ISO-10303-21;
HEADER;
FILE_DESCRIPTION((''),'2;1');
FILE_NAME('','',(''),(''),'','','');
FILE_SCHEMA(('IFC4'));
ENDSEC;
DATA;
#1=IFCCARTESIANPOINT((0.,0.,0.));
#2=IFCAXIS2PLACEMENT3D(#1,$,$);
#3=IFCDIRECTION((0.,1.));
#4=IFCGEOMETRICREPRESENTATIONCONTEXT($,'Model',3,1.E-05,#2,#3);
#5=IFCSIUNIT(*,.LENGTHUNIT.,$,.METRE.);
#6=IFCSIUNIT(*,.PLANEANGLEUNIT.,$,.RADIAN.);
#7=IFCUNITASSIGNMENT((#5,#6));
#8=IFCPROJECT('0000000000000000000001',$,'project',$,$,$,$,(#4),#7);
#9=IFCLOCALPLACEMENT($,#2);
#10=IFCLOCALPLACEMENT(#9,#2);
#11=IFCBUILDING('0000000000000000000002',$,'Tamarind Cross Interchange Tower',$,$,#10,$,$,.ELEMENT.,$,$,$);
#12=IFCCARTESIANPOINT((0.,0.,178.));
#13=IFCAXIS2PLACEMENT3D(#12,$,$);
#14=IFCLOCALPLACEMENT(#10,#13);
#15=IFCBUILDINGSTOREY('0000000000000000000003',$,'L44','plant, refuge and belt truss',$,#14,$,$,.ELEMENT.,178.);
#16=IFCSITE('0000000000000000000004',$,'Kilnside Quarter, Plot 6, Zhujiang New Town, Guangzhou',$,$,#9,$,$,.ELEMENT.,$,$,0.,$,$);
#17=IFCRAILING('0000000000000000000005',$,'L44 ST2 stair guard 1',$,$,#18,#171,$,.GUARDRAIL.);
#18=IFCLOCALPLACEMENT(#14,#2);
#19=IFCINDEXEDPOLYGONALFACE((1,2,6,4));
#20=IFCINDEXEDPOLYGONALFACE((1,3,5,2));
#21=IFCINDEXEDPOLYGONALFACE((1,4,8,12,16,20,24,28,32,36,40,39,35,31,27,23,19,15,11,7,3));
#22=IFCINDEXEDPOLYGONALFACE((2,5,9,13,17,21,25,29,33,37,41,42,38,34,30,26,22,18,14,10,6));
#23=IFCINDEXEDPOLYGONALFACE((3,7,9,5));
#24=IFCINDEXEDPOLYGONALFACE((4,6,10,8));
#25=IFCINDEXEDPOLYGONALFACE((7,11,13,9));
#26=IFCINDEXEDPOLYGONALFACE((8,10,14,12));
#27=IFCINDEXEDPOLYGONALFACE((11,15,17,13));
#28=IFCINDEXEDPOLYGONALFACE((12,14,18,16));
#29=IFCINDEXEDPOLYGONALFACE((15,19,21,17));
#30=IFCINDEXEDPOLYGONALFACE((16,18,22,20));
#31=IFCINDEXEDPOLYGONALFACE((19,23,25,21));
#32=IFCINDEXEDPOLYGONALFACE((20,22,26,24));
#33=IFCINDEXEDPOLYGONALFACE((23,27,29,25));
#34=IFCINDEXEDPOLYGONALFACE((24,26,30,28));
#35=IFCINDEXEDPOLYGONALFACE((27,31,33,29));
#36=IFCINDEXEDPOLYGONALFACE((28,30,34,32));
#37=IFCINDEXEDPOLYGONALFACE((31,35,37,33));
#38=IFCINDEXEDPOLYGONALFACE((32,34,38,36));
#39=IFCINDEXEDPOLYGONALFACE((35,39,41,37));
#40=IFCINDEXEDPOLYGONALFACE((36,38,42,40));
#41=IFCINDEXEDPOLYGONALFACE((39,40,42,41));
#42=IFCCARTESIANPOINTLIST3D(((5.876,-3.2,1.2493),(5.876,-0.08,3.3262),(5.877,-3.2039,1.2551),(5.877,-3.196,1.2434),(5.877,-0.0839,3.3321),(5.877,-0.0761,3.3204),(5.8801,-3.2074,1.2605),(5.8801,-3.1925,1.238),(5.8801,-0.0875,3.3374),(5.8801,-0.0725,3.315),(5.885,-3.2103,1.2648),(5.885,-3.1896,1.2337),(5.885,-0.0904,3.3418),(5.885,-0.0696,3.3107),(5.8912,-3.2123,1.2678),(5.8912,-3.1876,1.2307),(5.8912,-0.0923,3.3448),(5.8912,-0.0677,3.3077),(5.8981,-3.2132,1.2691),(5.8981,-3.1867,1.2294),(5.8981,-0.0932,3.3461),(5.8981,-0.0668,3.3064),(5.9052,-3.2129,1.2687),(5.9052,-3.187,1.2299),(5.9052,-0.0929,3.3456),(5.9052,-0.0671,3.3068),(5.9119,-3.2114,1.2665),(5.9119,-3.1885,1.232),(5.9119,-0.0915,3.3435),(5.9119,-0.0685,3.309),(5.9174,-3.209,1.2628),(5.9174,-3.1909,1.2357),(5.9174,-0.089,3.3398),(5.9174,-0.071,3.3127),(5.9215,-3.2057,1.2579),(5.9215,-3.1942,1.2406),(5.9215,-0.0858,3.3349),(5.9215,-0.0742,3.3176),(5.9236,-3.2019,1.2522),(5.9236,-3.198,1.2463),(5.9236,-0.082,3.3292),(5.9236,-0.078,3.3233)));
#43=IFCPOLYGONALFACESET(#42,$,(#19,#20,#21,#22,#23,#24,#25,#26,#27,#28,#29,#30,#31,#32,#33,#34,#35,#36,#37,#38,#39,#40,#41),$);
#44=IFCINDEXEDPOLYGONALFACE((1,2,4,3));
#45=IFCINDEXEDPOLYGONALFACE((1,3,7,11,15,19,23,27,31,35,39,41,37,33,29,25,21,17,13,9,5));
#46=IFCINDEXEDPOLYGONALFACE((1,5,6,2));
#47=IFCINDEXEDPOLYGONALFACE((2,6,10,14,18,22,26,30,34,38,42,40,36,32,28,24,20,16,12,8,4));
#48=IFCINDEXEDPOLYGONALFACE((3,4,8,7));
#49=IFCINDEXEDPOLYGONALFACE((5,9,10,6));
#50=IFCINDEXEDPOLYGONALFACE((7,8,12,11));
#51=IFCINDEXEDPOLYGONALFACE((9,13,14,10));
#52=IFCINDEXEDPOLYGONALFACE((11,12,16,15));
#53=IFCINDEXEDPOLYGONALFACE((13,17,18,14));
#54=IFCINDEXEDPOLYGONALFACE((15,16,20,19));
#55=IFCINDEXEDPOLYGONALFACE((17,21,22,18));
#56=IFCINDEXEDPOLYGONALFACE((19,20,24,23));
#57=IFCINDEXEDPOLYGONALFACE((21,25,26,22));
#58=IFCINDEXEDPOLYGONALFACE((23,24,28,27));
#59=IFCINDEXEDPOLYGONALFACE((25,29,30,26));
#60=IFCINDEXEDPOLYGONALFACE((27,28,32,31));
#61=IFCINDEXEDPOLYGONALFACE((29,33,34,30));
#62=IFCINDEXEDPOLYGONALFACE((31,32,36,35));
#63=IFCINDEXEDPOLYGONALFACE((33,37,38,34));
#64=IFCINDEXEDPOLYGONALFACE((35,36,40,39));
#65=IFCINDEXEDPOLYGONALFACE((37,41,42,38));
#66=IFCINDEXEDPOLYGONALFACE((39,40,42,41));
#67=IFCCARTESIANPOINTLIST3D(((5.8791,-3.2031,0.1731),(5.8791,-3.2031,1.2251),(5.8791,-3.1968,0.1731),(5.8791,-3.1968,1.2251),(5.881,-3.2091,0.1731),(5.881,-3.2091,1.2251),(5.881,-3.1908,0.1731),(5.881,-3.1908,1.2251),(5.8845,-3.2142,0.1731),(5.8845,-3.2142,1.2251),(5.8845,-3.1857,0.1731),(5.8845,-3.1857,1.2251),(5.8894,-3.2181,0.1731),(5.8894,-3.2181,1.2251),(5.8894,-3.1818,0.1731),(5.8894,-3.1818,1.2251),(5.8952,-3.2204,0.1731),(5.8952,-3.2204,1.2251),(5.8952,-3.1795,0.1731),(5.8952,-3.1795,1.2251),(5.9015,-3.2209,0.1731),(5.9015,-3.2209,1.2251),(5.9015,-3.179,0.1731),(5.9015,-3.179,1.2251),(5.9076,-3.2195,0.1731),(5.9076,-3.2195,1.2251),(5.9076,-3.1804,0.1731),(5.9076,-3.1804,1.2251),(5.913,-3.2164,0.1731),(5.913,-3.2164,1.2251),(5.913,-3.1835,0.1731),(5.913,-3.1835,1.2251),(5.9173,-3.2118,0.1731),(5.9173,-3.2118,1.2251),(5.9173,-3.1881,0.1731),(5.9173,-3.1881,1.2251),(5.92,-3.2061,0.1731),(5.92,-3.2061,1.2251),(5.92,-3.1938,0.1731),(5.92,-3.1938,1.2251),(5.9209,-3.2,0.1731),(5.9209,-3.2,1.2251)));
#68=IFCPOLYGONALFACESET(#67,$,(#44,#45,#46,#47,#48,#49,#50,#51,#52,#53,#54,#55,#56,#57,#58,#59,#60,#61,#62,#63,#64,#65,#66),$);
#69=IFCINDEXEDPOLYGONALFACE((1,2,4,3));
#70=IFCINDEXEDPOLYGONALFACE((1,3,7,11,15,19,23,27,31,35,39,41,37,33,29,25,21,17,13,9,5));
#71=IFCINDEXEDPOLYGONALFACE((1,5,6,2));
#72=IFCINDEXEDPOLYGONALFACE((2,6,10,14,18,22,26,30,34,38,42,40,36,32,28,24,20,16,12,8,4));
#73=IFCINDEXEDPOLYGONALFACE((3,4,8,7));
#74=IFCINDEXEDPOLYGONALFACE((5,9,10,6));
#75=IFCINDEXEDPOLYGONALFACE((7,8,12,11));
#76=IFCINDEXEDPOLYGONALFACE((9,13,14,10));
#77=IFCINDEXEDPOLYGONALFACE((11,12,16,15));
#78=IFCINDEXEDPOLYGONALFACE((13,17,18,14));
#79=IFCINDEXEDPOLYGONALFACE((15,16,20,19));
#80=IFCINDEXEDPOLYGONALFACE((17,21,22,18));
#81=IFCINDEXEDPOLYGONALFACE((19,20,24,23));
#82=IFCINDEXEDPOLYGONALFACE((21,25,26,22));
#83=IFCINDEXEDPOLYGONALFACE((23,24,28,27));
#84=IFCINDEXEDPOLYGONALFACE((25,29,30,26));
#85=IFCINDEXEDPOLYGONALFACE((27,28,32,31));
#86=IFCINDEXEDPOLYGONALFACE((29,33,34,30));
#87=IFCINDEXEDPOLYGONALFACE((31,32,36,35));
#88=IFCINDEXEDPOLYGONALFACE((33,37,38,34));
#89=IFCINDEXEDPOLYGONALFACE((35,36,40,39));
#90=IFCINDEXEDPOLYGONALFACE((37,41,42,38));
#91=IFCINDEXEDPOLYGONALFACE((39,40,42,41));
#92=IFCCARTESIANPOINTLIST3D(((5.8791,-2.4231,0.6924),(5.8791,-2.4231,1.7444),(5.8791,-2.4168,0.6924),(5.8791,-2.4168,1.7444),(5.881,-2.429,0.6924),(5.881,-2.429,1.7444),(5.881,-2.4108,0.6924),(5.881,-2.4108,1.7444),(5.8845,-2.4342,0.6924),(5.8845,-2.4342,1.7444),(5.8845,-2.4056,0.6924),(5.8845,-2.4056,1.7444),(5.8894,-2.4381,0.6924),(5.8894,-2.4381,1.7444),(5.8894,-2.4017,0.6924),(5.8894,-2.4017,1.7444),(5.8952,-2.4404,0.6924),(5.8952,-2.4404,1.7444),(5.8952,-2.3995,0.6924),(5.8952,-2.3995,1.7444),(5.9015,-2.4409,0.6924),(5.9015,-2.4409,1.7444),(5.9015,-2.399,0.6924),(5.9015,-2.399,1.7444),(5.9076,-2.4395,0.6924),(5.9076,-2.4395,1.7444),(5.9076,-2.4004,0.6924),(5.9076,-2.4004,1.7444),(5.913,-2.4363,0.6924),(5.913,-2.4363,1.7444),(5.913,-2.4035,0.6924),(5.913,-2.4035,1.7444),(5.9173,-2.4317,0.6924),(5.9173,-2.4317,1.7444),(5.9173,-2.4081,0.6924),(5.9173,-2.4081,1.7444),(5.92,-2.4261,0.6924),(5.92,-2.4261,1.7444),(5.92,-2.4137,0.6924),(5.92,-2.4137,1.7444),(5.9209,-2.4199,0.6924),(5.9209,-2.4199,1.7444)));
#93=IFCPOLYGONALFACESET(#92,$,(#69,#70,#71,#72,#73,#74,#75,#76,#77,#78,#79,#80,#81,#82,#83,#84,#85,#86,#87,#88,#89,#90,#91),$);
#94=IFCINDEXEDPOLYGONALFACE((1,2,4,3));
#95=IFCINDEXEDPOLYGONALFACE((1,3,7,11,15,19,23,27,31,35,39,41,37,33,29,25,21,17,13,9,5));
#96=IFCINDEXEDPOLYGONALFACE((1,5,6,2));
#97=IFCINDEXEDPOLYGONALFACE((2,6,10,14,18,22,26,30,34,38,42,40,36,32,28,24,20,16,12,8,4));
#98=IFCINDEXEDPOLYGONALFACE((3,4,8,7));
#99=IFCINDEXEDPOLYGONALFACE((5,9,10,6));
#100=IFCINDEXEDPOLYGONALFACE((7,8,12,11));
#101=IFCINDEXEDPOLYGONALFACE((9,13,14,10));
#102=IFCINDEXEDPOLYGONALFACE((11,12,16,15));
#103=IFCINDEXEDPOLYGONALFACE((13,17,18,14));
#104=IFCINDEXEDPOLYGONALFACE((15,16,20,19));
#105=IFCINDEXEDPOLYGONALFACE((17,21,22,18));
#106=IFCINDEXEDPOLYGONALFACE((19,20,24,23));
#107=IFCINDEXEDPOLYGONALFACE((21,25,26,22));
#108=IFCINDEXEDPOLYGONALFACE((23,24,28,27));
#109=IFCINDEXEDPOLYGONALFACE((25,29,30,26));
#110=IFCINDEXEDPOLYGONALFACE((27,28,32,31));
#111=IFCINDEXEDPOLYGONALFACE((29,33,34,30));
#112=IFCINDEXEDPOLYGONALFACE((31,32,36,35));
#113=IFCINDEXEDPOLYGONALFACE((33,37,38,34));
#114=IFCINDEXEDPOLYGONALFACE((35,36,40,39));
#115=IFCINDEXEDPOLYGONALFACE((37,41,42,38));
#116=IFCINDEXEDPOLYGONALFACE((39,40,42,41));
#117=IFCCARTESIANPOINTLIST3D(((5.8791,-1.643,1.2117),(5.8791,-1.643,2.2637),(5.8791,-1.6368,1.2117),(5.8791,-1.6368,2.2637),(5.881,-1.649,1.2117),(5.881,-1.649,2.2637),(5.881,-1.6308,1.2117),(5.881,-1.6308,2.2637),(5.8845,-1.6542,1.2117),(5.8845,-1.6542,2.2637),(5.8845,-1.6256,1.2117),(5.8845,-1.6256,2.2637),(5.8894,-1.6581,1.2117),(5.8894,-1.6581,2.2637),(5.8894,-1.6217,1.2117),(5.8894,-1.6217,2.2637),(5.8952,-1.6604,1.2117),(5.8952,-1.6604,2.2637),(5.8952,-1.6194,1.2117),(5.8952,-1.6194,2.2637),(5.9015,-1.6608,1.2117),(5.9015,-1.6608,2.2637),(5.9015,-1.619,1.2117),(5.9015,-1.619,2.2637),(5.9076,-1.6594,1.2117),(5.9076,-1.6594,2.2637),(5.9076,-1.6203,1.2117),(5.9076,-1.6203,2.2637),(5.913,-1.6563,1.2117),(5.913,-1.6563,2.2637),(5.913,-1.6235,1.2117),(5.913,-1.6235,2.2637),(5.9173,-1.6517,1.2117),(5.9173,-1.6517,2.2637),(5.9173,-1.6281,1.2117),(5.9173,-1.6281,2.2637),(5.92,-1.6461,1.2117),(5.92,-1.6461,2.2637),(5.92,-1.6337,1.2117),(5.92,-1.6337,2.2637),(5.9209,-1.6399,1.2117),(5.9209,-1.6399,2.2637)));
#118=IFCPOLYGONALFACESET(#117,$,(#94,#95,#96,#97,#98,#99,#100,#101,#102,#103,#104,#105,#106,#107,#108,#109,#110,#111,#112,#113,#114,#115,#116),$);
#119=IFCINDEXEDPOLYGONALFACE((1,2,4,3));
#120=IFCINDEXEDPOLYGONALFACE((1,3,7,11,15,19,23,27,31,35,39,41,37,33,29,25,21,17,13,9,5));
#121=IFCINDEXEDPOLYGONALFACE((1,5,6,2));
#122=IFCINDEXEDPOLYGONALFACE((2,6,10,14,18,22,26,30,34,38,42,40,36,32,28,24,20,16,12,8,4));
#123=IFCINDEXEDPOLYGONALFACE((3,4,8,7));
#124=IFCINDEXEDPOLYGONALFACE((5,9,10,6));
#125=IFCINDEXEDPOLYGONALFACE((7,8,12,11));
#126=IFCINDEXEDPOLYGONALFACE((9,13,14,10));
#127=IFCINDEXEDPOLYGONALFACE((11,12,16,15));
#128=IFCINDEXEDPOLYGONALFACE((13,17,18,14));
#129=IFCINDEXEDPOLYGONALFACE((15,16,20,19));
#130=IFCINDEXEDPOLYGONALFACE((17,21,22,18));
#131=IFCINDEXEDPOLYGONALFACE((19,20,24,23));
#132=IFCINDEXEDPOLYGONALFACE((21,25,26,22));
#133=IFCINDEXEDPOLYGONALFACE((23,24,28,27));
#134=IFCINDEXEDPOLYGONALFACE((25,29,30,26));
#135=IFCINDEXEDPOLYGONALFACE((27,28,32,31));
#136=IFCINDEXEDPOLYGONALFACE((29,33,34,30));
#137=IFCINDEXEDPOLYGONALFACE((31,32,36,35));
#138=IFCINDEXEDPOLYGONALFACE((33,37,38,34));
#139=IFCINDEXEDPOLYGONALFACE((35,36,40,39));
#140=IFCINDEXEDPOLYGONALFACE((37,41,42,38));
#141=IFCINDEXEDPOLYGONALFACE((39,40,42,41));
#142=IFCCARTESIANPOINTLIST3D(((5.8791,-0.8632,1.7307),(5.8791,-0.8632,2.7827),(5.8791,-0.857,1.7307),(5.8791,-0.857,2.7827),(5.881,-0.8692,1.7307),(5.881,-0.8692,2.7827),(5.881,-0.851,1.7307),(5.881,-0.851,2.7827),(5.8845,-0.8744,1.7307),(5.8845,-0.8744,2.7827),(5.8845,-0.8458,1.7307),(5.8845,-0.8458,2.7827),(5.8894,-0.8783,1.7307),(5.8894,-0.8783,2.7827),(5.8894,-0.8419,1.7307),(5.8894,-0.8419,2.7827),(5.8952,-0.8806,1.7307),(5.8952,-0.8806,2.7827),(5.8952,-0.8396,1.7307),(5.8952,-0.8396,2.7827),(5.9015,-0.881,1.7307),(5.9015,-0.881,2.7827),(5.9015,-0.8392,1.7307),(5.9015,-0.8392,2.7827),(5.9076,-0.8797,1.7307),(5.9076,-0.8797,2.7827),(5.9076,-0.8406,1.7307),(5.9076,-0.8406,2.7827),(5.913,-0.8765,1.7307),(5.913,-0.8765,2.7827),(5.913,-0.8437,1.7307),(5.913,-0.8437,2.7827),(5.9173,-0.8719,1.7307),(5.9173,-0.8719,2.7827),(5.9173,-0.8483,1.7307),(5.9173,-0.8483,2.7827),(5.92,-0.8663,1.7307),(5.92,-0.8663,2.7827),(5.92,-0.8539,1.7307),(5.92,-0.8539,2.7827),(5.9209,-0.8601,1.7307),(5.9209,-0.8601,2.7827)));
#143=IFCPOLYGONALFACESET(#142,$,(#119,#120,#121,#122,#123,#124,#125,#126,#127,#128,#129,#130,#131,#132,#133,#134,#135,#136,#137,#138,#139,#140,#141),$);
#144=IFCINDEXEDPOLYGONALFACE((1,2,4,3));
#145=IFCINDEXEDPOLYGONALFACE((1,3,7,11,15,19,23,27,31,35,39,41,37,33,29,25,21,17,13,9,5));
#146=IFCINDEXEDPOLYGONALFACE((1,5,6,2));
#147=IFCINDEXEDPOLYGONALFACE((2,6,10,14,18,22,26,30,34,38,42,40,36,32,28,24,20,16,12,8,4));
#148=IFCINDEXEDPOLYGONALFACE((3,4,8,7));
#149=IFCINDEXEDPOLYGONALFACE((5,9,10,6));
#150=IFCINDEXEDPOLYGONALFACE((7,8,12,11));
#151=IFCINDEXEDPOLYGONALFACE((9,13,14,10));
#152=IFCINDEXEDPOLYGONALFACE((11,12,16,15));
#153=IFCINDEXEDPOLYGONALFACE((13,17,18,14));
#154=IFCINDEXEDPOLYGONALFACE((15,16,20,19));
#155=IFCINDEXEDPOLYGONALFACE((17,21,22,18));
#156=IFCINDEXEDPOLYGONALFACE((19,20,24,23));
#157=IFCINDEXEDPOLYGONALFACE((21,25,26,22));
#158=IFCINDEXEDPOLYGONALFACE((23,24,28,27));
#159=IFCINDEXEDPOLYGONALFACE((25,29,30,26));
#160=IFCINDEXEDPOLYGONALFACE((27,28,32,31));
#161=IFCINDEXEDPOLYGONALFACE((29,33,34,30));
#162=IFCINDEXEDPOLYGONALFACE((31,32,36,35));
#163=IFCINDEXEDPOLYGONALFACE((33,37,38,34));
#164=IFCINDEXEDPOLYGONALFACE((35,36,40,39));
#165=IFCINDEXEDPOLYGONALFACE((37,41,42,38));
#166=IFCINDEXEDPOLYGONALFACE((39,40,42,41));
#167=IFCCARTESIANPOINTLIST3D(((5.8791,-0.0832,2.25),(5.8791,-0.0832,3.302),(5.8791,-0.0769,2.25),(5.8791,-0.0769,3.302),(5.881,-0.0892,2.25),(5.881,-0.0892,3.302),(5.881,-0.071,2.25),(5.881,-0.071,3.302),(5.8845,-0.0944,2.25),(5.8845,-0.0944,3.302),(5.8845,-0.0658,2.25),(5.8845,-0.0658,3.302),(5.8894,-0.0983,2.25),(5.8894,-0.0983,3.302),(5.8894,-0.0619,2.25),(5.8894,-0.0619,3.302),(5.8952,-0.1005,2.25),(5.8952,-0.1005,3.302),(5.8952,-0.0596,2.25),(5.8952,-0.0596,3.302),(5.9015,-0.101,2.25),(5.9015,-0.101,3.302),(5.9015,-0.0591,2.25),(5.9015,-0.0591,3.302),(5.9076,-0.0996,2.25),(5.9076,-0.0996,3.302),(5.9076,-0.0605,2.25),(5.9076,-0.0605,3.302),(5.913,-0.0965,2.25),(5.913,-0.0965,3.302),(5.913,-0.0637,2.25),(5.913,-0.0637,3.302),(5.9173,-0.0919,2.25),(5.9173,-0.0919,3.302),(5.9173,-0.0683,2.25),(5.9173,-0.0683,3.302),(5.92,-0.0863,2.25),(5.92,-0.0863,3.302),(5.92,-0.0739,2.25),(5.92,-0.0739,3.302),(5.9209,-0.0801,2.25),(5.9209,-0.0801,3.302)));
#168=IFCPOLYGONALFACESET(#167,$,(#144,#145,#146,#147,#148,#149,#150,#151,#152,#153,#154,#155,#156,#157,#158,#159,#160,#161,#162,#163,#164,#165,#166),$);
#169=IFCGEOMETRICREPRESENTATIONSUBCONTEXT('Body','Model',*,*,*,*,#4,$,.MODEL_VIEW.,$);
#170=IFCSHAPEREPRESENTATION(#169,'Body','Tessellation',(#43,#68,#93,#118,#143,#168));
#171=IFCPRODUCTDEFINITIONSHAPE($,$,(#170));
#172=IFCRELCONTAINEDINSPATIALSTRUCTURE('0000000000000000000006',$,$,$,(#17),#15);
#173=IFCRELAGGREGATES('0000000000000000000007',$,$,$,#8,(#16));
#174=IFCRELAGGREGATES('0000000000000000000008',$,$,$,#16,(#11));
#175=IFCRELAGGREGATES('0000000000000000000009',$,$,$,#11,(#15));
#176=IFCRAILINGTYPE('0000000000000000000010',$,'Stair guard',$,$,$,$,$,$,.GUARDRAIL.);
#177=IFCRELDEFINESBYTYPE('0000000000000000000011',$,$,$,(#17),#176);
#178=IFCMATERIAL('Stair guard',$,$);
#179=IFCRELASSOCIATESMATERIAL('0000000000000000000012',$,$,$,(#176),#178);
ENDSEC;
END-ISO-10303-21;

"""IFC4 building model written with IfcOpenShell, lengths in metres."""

from ifc_helpers import new_model, si_unit, direction, frame, origin, origin_2d, place, context, subcontext, project, spatial, circle, extrude, material, type_object, element, save


model = new_model("IFC4")

# Units and contexts
model_context = context("Model", 3, precision=1e-05, world=origin(), true_north=direction((0.0, 1.0)))
body_context = subcontext(model_context, "Body", "Model", "MODEL_VIEW")
ifc_project = project(units=[si_unit("LENGTHUNIT", "METRE"), si_unit("PLANEANGLEUNIT", "RADIAN")], contexts=[model_context])

# Site, building, storey
site_placement = place(None, origin())
site = spatial("IfcSite", under=ifc_project, at=site_placement, Name="Kilnside Quarter, Plot 6, Zhujiang New Town, Guangzhou", CompositionType="ELEMENT", RefElevation=0.0)
building_placement = place(site_placement, origin())
building = spatial("IfcBuilding", under=site, at=building_placement, Name="Tamarind Cross Interchange Tower", CompositionType="ELEMENT")
storey_placement = place(building_placement, frame((0.0, 0.0, 178.0)))
storey = spatial("IfcBuildingStorey", under=building, at=storey_placement, Name="L44", Description="plant, refuge and belt truss", CompositionType="ELEMENT", Elevation=178.0)

# Railing
ifc_material_1 = material(Name="Stair guard")
railing_type_1 = type_object("IfcRailingType", Name="Stair guard", PredefinedType="GUARDRAIL", material=ifc_material_1)
railing_1_placement = place(storey_placement, frame((5.8999, -3.2, 0.1731)))
element("IfcRailing", 1, at=railing_1_placement, inside=storey, type_object=railing_type_1, Name="L44 ST2 stair guard 1", PredefinedType="GUARDRAIL", context=body_context, shape_type="SweptSolid", body=[
    extrude(circle(Radius=0.0239, at=origin_2d()), frame((0.0, 0.0, 1.0762), z_axis=(0.0, 0.832421, 0.554144), x_axis=(-1.0, 0.0, 0.0)), (0.0, 0.0, 1.0), 3.748),
    extrude(circle(Radius=0.021, at=origin_2d()), origin(), (0.0, 0.0, 1.0), 1.052),
    extrude(circle(Radius=0.021, at=origin_2d()), frame((0.0, 0.78, 0.5193)), (0.0, 0.0, 1.0), 1.052),
    extrude(circle(Radius=0.021, at=origin_2d()), frame((0.0, 1.5601, 1.0386)), (0.0, 0.0, 1.0), 1.052),
    extrude(circle(Radius=0.021, at=origin_2d()), frame((0.0, 2.3398, 1.5576)), (0.0, 0.0, 1.0), 1.052),
    extrude(circle(Radius=0.021, at=origin_2d()), frame((0.0, 3.1199, 2.0769)), (0.0, 0.0, 1.0), 1.052),
])

save(model, "model.ifc")
